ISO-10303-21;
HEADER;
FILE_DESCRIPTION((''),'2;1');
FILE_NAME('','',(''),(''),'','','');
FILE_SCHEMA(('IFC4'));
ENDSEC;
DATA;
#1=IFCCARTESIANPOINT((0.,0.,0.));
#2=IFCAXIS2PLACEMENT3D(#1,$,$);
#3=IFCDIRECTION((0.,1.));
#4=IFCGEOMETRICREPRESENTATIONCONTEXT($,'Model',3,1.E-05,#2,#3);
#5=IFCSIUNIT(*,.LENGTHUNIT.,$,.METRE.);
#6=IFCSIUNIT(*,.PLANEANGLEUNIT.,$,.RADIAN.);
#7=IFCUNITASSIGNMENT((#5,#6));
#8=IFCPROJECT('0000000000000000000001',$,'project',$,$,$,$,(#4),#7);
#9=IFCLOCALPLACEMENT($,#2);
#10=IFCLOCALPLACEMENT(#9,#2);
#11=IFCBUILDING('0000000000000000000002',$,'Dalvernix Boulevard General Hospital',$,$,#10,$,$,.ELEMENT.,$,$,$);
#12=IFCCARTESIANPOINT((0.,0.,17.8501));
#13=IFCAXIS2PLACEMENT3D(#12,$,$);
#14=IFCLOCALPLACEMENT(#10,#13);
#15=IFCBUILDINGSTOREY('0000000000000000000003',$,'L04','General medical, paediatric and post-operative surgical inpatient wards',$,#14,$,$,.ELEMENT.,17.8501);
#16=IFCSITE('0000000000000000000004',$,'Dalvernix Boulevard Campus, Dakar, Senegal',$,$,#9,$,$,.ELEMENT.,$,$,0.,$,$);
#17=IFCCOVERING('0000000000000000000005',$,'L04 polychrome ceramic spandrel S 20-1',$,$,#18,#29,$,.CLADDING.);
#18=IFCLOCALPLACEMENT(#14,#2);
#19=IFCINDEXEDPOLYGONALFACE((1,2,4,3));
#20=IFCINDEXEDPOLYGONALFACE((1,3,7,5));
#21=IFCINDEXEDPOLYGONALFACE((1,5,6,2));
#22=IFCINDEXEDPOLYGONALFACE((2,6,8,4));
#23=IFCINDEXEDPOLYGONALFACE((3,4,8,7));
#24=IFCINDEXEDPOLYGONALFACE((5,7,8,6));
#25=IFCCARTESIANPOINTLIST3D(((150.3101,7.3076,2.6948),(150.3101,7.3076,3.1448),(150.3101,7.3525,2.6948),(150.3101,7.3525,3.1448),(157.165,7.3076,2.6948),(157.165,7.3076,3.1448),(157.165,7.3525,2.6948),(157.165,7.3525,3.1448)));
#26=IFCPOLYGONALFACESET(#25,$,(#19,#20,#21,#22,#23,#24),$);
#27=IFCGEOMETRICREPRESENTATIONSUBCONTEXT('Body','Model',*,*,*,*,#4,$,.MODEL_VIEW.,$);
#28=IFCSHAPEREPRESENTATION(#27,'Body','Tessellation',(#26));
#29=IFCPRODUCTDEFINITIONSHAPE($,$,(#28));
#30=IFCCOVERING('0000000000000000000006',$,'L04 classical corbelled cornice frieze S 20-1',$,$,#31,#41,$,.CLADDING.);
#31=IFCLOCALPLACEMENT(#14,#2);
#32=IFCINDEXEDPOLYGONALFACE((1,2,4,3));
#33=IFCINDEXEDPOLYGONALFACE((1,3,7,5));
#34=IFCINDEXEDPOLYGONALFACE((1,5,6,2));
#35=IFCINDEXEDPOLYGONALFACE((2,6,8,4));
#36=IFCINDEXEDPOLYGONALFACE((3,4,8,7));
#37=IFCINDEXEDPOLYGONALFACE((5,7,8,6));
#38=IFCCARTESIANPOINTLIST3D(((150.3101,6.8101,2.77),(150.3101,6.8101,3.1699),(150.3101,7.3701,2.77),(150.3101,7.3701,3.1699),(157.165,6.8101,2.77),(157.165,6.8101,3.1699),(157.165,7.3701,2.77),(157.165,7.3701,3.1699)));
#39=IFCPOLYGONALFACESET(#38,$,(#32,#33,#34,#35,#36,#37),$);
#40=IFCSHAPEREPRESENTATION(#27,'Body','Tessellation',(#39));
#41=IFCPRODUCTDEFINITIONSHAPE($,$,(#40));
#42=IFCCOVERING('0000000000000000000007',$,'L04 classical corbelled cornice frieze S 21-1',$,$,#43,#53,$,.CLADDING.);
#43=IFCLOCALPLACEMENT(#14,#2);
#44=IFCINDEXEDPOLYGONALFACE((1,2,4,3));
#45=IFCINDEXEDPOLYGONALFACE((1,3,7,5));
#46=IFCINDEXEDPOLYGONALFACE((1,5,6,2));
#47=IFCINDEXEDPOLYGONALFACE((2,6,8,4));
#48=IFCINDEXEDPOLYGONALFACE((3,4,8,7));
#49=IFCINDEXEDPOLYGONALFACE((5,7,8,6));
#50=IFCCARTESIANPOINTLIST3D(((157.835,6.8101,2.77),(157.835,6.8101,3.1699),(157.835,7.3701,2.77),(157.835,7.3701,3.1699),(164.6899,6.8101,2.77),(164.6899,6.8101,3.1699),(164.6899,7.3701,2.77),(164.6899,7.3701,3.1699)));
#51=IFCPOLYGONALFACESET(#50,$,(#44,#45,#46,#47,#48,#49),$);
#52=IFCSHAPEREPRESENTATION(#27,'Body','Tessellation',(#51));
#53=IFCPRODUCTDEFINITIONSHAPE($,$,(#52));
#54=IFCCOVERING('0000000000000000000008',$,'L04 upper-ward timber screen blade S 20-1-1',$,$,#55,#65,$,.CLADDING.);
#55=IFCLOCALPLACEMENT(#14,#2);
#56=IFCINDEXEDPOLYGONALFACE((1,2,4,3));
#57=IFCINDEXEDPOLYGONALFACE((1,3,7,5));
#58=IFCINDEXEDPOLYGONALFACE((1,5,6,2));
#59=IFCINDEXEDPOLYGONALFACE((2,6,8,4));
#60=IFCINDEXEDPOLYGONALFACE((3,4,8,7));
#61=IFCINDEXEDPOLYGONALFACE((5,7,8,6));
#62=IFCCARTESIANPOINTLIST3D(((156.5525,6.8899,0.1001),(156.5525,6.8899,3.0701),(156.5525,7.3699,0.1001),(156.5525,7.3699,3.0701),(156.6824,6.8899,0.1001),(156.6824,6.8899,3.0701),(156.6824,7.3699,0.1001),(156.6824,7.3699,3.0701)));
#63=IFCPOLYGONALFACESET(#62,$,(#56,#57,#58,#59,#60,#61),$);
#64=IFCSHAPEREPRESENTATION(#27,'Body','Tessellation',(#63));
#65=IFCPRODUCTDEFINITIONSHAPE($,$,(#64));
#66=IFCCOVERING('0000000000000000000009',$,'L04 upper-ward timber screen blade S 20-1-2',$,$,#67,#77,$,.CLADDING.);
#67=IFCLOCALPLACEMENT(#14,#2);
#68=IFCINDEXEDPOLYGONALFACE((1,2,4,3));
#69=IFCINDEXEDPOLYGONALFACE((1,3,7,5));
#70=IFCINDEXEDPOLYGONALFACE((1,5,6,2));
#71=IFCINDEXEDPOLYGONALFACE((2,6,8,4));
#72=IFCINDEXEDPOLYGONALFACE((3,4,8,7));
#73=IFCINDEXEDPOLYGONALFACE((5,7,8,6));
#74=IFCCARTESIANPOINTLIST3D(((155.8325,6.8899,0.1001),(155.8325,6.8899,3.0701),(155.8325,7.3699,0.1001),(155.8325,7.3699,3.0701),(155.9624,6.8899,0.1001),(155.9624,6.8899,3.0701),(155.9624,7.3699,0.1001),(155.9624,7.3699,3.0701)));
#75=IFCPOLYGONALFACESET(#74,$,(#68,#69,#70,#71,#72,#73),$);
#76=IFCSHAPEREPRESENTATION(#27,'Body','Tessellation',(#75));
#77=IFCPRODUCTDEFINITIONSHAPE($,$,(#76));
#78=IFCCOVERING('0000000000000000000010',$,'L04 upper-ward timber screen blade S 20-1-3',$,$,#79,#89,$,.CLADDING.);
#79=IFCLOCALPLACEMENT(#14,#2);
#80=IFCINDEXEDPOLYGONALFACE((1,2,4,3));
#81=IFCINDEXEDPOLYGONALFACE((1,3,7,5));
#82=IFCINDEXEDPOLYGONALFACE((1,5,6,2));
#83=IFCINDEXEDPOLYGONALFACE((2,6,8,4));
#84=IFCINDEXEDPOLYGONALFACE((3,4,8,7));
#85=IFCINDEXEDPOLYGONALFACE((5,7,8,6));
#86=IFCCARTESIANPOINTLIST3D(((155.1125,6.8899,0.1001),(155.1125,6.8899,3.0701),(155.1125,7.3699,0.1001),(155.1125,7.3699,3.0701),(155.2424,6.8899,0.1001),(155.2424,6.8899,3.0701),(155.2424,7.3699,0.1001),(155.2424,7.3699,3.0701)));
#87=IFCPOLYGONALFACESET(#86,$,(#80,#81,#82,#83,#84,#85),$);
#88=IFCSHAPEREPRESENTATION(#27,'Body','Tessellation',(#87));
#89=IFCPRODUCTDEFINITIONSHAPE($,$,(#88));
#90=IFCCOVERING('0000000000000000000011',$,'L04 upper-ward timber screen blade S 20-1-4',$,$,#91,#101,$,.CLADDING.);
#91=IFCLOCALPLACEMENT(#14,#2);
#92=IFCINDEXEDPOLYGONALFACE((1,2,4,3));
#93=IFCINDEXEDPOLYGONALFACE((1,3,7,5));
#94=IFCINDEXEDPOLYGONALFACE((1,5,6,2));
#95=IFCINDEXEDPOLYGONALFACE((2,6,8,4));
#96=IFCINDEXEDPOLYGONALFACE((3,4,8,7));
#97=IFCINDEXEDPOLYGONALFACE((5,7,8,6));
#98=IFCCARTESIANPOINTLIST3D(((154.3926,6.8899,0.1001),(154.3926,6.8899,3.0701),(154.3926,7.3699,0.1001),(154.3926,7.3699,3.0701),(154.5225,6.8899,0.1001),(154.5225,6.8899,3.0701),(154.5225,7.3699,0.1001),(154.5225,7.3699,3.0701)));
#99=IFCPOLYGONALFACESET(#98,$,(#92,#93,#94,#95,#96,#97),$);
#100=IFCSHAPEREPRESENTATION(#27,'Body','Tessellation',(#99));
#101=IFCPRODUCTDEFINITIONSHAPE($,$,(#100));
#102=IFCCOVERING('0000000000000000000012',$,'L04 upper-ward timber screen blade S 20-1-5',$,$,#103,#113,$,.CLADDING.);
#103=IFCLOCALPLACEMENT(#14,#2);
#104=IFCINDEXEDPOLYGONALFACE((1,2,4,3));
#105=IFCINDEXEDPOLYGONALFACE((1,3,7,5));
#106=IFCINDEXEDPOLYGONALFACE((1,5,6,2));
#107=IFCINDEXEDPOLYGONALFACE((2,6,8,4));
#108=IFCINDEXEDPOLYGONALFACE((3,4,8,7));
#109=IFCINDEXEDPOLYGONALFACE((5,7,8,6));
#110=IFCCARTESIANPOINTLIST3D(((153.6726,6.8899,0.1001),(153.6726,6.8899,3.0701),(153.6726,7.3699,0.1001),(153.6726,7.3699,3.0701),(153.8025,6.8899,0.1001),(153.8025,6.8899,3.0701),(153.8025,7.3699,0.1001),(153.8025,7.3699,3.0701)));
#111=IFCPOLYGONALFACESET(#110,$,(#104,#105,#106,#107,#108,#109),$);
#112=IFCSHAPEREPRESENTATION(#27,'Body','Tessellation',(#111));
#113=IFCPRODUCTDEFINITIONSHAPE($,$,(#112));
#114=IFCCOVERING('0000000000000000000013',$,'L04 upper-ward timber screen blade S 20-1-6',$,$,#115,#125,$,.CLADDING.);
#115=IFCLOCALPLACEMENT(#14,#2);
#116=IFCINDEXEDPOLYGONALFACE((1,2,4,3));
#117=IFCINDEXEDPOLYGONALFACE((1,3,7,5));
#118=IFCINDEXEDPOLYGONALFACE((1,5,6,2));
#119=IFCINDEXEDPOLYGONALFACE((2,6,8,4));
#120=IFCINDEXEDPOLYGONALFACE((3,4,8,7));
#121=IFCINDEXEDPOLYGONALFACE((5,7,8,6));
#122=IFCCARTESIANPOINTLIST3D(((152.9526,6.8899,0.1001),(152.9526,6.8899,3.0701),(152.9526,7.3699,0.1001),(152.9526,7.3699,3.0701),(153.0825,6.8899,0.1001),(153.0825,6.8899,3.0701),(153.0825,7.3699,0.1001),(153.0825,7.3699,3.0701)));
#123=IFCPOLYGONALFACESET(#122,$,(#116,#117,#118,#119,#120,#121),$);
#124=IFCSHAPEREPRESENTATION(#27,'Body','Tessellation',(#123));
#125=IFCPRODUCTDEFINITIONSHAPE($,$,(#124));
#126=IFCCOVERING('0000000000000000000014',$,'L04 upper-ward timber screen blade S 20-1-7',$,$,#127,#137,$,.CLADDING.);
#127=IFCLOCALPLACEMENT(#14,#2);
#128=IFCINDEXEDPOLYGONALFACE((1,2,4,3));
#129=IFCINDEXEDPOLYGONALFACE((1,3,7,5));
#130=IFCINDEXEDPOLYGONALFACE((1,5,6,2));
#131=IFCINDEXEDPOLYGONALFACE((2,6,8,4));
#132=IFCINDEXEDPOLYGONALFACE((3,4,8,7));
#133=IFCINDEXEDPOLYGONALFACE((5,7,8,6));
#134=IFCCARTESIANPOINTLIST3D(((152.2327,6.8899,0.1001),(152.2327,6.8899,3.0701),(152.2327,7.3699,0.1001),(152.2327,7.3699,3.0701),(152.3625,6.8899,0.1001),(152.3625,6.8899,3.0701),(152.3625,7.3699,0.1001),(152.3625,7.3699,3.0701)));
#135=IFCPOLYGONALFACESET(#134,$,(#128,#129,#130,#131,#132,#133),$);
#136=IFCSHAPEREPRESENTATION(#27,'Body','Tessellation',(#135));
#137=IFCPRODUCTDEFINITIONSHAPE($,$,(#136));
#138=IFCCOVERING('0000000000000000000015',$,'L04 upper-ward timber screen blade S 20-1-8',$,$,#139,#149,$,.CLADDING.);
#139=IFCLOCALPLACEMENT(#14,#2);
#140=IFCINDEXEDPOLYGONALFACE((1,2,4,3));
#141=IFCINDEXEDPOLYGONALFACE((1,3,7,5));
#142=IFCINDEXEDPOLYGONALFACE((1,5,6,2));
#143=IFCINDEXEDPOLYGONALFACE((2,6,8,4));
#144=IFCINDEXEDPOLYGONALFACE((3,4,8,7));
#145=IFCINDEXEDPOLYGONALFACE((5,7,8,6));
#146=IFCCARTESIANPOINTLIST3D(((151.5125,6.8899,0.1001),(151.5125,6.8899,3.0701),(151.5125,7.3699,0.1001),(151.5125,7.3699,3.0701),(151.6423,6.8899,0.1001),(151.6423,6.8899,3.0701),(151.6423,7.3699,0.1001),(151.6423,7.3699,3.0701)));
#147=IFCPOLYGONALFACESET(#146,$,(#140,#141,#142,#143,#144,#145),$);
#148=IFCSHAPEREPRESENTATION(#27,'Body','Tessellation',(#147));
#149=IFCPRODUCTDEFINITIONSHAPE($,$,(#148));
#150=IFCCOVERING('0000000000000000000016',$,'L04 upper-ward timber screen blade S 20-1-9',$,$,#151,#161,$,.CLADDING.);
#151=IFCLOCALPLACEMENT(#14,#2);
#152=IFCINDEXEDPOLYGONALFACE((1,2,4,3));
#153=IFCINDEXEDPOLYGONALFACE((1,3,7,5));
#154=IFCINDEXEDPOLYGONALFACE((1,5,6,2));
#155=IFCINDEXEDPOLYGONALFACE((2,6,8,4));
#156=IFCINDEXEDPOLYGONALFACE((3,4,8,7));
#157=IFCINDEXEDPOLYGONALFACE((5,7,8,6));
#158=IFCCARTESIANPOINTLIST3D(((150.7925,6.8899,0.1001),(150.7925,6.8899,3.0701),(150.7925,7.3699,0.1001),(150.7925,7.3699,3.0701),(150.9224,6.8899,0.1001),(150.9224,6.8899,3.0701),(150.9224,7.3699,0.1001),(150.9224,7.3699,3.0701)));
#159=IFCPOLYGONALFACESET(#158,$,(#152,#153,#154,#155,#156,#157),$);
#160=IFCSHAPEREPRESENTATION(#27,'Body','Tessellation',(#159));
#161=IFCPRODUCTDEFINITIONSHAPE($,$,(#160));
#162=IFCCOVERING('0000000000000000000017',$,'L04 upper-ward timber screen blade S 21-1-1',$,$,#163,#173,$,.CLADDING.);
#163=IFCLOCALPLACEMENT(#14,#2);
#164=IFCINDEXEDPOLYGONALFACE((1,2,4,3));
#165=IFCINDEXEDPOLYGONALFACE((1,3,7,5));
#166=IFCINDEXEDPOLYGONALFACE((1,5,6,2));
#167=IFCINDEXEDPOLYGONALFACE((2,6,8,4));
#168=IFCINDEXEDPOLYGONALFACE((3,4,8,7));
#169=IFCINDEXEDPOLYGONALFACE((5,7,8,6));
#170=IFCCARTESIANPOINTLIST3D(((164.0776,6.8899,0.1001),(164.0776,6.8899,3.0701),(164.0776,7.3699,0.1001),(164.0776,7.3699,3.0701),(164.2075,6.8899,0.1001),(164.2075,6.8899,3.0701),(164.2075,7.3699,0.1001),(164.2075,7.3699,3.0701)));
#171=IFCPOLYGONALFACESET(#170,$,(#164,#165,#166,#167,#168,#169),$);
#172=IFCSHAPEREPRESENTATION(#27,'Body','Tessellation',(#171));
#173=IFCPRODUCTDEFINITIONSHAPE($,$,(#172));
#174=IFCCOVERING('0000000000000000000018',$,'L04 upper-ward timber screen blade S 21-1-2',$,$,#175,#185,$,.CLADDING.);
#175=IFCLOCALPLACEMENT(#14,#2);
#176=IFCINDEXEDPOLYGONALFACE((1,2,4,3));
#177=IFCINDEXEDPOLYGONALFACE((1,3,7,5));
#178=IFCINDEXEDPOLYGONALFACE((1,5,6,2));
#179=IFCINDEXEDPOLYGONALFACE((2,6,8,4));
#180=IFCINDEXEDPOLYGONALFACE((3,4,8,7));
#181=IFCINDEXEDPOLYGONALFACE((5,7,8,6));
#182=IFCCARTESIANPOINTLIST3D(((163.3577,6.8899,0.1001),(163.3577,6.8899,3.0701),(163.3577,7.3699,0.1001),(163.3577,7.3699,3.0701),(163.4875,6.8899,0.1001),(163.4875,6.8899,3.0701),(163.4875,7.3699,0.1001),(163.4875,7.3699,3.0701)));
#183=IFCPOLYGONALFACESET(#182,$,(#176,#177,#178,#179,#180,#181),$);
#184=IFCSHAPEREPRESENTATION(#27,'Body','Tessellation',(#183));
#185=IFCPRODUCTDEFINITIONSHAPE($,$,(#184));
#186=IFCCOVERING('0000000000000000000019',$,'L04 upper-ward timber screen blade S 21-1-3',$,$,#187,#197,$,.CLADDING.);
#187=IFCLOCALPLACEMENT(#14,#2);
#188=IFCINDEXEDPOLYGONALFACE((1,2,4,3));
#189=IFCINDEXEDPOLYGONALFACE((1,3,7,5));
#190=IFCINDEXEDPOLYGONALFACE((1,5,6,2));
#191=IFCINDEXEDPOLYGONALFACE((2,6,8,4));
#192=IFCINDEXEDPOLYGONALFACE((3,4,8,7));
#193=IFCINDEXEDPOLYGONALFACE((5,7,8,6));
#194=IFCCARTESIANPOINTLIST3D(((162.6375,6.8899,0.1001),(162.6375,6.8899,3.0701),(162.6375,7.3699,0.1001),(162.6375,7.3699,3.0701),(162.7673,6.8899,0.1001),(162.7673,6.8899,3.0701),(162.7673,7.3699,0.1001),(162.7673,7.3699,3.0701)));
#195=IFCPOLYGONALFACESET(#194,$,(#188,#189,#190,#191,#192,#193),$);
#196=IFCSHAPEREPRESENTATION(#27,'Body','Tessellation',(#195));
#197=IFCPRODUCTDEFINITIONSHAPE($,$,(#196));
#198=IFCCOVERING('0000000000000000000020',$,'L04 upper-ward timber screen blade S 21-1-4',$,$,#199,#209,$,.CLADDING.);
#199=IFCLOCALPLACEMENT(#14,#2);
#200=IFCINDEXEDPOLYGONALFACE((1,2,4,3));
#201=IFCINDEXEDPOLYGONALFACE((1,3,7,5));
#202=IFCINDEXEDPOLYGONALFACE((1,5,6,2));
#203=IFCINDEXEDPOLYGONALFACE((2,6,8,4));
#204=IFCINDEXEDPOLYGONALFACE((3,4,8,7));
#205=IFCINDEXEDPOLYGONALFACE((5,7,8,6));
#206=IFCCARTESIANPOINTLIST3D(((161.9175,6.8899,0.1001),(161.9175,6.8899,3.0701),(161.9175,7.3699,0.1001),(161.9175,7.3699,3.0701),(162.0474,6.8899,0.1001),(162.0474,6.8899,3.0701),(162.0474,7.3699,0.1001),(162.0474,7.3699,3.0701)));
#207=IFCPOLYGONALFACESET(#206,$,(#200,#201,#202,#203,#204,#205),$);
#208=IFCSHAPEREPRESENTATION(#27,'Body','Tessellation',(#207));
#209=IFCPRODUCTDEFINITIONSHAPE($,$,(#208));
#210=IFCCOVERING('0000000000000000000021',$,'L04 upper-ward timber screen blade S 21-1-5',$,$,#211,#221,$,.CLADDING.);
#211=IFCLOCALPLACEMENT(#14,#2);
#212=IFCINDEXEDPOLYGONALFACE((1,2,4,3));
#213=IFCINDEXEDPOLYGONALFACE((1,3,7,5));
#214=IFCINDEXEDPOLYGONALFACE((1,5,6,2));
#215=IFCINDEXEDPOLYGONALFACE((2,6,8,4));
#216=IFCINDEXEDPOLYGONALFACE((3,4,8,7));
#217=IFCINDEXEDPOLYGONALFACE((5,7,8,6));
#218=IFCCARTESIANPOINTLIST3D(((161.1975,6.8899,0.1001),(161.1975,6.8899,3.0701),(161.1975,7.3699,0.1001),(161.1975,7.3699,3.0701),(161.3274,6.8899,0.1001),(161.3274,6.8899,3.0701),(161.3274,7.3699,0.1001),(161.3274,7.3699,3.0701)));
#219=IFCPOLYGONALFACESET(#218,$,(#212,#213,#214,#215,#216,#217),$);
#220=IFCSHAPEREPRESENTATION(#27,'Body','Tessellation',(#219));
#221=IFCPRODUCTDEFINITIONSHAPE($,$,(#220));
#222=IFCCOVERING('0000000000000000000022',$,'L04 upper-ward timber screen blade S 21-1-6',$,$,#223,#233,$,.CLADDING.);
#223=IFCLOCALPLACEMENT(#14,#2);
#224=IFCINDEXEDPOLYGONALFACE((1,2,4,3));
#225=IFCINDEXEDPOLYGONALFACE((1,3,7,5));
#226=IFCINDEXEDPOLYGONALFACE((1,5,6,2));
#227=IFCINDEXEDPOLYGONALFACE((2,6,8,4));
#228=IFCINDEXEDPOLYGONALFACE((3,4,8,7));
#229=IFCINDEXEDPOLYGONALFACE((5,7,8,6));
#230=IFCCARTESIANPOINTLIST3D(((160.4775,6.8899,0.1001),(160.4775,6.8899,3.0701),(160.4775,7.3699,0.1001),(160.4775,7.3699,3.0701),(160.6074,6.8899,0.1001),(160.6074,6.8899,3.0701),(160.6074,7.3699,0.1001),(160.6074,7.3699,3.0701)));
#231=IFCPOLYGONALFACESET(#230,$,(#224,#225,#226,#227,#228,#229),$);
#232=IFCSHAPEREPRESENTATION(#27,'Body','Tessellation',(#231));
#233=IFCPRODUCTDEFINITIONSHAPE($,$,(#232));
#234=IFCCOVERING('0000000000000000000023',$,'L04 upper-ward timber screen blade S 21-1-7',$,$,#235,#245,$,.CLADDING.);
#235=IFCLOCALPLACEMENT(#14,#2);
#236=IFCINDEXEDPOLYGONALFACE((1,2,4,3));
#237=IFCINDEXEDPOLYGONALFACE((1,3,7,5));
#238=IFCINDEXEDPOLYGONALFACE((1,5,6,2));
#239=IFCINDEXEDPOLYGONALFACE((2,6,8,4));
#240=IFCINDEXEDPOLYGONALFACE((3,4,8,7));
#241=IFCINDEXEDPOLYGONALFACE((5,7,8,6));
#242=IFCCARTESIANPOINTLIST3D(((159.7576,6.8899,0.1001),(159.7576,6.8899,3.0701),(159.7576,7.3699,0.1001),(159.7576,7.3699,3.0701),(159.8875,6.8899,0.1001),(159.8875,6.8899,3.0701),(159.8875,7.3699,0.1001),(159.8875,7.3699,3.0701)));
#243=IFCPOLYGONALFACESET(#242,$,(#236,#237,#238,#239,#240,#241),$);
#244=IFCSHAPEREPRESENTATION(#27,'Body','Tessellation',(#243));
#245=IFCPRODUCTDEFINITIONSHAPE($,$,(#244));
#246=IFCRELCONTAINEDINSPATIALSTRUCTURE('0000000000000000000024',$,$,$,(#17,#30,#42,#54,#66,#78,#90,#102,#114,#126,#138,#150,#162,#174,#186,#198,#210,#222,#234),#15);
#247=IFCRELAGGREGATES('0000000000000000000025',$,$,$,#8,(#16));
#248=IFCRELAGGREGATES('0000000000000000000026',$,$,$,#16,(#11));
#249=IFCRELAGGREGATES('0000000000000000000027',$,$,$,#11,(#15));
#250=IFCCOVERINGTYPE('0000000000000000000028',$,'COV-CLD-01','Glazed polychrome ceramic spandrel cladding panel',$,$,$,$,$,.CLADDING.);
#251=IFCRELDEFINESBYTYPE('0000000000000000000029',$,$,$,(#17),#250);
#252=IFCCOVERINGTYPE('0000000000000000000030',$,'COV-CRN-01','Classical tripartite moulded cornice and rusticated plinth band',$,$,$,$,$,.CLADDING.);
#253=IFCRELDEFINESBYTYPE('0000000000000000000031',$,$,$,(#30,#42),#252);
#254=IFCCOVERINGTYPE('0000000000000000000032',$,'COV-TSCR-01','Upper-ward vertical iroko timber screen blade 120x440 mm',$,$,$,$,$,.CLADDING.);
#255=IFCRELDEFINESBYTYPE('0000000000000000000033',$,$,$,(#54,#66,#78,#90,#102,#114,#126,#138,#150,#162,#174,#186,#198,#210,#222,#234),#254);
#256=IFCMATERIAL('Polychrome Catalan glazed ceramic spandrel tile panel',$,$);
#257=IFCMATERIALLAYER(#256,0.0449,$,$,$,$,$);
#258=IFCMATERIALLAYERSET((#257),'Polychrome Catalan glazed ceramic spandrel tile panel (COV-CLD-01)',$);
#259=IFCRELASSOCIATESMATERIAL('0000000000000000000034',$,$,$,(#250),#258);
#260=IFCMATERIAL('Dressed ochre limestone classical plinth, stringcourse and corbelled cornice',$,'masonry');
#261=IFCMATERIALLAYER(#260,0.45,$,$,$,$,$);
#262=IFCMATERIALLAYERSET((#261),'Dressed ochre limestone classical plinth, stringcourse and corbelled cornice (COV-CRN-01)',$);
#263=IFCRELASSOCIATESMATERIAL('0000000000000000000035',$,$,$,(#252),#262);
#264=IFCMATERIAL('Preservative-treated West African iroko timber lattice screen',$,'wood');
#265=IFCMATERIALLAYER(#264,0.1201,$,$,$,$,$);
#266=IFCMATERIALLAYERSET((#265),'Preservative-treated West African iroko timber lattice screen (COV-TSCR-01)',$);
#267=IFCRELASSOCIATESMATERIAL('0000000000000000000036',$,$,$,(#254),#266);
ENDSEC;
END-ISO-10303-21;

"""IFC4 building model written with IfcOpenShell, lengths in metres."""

from ifc_helpers import new_model, si_unit, direction, frame, origin, origin_2d, place, context, subcontext, project, spatial, rectangle, extrude, material, layer, layer_set, type_object, element, save


model = new_model("IFC4")

# Units and contexts
model_context = context("Model", 3, precision=1e-05, world=origin(), true_north=direction((0.0, 1.0)))
body_context = subcontext(model_context, "Body", "Model", "MODEL_VIEW")
ifc_project = project(units=[si_unit("LENGTHUNIT", "METRE"), si_unit("PLANEANGLEUNIT", "RADIAN")], contexts=[model_context])

# Site, building, storey
site_placement = place(None, origin())
site = spatial("IfcSite", under=ifc_project, at=site_placement, Name="Dalvernix Boulevard Campus, Dakar, Senegal", CompositionType="ELEMENT", RefElevation=0.0)
building_placement = place(site_placement, origin())
building = spatial("IfcBuilding", under=site, at=building_placement, Name="Dalvernix Boulevard General Hospital", CompositionType="ELEMENT")
storey_placement = place(building_placement, frame((0.0, 0.0, 17.8501)))
storey = spatial("IfcBuildingStorey", under=building, at=storey_placement, Name="L04", Description="General medical, paediatric and post-operative surgical inpatient wards", CompositionType="ELEMENT", Elevation=17.8501)

# Coverings
ifc_material_1 = material(Name="Polychrome Catalan glazed ceramic spandrel tile panel")
ifc_layer_1 = layer(ifc_material_1, 0.0449)
ifc_layer_set_1 = layer_set([ifc_layer_1], Name="Polychrome Catalan glazed ceramic spandrel tile panel (COV-CLD-01)")
covering_type_1 = type_object("IfcCoveringType", Name="COV-CLD-01", Description="Glazed polychrome ceramic spandrel cladding panel", PredefinedType="CLADDING", material=ifc_layer_set_1)
covering_placement = place(storey_placement, frame((153.7375, 7.3301, 2.6948), z_axis=(0.0, 0.0, 1.0), x_axis=(-1.0, 0.0, 0.0)))
element("IfcCovering", 1, at=covering_placement, inside=storey, type_object=covering_type_1, Name="L04 polychrome ceramic spandrel S 20-1", PredefinedType="CLADDING", context=body_context, shape_type="SweptSolid", body=[
    extrude(rectangle(XDim=6.855, YDim=0.0449, at=origin_2d()), origin(), (0.0, 0.0, 1.0), 0.45),
])
ifc_material_2 = material(Name="Dressed ochre limestone classical plinth, stringcourse and corbelled cornice", Category="masonry")
ifc_layer_2 = layer(ifc_material_2, 0.45)
ifc_layer_set_2 = layer_set([ifc_layer_2], Name="Dressed ochre limestone classical plinth, stringcourse and corbelled cornice (COV-CRN-01)")
covering_type_2 = type_object("IfcCoveringType", Name="COV-CRN-01", Description="Classical tripartite moulded cornice and rusticated plinth band", PredefinedType="CLADDING", material=ifc_layer_set_2)
for number, where, z_axis, x_axis, name in (
    (2, (153.7375, 7.0901, 2.77), (0.0, 0.0, 1.0), (-1.0, 0.0, 0.0), "L04 classical corbelled cornice frieze S 20-1"),
    (3, (161.2625, 7.0901, 2.77), (0.0, 0.0, 1.0), (-1.0, 0.0, 0.0), "L04 classical corbelled cornice frieze S 21-1"),
):
    element("IfcCovering", number, at=place(storey_placement, frame(where, z_axis=z_axis, x_axis=x_axis)), inside=storey, type_object=covering_type_2, Name=name, PredefinedType="CLADDING", context=body_context, shape_type="SweptSolid", body=[
        extrude(rectangle(XDim=6.855, YDim=0.5601, at=origin_2d()), origin(), (0.0, 0.0, 1.0), 0.3999),
    ])
ifc_material_3 = material(Name="Preservative-treated West African iroko timber lattice screen", Category="wood")
ifc_layer_3 = layer(ifc_material_3, 0.1201)
ifc_layer_set_3 = layer_set([ifc_layer_3], Name="Preservative-treated West African iroko timber lattice screen (COV-TSCR-01)")
covering_type_3 = type_object("IfcCoveringType", Name="COV-TSCR-01", Description="Upper-ward vertical iroko timber screen blade 120x440 mm", PredefinedType="CLADDING", material=ifc_layer_set_3)
for number, where, z_axis, x_axis, name in (
    (4, (156.6174, 7.1299, 0.1001), (0.0, 0.0, 1.0), (-1.0, 0.0, 0.0), "L04 upper-ward timber screen blade S 20-1-1"),
    (5, (155.8975, 7.1299, 0.1001), (0.0, 0.0, 1.0), (-1.0, 0.0, 0.0), "L04 upper-ward timber screen blade S 20-1-2"),
    (6, (155.1775, 7.1299, 0.1001), (0.0, 0.0, 1.0), (-1.0, 0.0, 0.0), "L04 upper-ward timber screen blade S 20-1-3"),
    (7, (154.4575, 7.1299, 0.1001), (0.0, 0.0, 1.0), (-1.0, 0.0, 0.0), "L04 upper-ward timber screen blade S 20-1-4"),
    (8, (153.7375, 7.1299, 0.1001), (0.0, 0.0, 1.0), (-1.0, 0.0, 0.0), "L04 upper-ward timber screen blade S 20-1-5"),
    (9, (153.0176, 7.1299, 0.1001), (0.0, 0.0, 1.0), (-1.0, 0.0, 0.0), "L04 upper-ward timber screen blade S 20-1-6"),
    (10, (152.2976, 7.1299, 0.1001), (0.0, 0.0, 1.0), (-1.0, 0.0, 0.0), "L04 upper-ward timber screen blade S 20-1-7"),
    (11, (151.5774, 7.1299, 0.1001), (0.0, 0.0, 1.0), (-1.0, 0.0, 0.0), "L04 upper-ward timber screen blade S 20-1-8"),
    (12, (150.8574, 7.1299, 0.1001), (0.0, 0.0, 1.0), (-1.0, 0.0, 0.0), "L04 upper-ward timber screen blade S 20-1-9"),
    (13, (164.1426, 7.1299, 0.1001), (0.0, 0.0, 1.0), (-1.0, 0.0, 0.0), "L04 upper-ward timber screen blade S 21-1-1"),
    (14, (163.4226, 7.1299, 0.1001), (0.0, 0.0, 1.0), (-1.0, 0.0, 0.0), "L04 upper-ward timber screen blade S 21-1-2"),
    (15, (162.7024, 7.1299, 0.1001), (0.0, 0.0, 1.0), (-1.0, 0.0, 0.0), "L04 upper-ward timber screen blade S 21-1-3"),
    (16, (161.9824, 7.1299, 0.1001), (0.0, 0.0, 1.0), (-1.0, 0.0, 0.0), "L04 upper-ward timber screen blade S 21-1-4"),
    (17, (161.2625, 7.1299, 0.1001), (0.0, 0.0, 1.0), (-1.0, 0.0, 0.0), "L04 upper-ward timber screen blade S 21-1-5"),
    (18, (160.5425, 7.1299, 0.1001), (0.0, 0.0, 1.0), (-1.0, 0.0, 0.0), "L04 upper-ward timber screen blade S 21-1-6"),
    (19, (159.8225, 7.1299, 0.1001), (0.0, 0.0, 1.0), (-1.0, 0.0, 0.0), "L04 upper-ward timber screen blade S 21-1-7"),
):
    element("IfcCovering", number, at=place(storey_placement, frame(where, z_axis=z_axis, x_axis=x_axis)), inside=storey, type_object=covering_type_3, Name=name, PredefinedType="CLADDING", context=body_context, shape_type="SweptSolid", body=[
        extrude(rectangle(XDim=0.1299, YDim=0.48, at=origin_2d()), origin(), (0.0, 0.0, 1.0), 2.97),
    ])

save(model, "model.ifc")
